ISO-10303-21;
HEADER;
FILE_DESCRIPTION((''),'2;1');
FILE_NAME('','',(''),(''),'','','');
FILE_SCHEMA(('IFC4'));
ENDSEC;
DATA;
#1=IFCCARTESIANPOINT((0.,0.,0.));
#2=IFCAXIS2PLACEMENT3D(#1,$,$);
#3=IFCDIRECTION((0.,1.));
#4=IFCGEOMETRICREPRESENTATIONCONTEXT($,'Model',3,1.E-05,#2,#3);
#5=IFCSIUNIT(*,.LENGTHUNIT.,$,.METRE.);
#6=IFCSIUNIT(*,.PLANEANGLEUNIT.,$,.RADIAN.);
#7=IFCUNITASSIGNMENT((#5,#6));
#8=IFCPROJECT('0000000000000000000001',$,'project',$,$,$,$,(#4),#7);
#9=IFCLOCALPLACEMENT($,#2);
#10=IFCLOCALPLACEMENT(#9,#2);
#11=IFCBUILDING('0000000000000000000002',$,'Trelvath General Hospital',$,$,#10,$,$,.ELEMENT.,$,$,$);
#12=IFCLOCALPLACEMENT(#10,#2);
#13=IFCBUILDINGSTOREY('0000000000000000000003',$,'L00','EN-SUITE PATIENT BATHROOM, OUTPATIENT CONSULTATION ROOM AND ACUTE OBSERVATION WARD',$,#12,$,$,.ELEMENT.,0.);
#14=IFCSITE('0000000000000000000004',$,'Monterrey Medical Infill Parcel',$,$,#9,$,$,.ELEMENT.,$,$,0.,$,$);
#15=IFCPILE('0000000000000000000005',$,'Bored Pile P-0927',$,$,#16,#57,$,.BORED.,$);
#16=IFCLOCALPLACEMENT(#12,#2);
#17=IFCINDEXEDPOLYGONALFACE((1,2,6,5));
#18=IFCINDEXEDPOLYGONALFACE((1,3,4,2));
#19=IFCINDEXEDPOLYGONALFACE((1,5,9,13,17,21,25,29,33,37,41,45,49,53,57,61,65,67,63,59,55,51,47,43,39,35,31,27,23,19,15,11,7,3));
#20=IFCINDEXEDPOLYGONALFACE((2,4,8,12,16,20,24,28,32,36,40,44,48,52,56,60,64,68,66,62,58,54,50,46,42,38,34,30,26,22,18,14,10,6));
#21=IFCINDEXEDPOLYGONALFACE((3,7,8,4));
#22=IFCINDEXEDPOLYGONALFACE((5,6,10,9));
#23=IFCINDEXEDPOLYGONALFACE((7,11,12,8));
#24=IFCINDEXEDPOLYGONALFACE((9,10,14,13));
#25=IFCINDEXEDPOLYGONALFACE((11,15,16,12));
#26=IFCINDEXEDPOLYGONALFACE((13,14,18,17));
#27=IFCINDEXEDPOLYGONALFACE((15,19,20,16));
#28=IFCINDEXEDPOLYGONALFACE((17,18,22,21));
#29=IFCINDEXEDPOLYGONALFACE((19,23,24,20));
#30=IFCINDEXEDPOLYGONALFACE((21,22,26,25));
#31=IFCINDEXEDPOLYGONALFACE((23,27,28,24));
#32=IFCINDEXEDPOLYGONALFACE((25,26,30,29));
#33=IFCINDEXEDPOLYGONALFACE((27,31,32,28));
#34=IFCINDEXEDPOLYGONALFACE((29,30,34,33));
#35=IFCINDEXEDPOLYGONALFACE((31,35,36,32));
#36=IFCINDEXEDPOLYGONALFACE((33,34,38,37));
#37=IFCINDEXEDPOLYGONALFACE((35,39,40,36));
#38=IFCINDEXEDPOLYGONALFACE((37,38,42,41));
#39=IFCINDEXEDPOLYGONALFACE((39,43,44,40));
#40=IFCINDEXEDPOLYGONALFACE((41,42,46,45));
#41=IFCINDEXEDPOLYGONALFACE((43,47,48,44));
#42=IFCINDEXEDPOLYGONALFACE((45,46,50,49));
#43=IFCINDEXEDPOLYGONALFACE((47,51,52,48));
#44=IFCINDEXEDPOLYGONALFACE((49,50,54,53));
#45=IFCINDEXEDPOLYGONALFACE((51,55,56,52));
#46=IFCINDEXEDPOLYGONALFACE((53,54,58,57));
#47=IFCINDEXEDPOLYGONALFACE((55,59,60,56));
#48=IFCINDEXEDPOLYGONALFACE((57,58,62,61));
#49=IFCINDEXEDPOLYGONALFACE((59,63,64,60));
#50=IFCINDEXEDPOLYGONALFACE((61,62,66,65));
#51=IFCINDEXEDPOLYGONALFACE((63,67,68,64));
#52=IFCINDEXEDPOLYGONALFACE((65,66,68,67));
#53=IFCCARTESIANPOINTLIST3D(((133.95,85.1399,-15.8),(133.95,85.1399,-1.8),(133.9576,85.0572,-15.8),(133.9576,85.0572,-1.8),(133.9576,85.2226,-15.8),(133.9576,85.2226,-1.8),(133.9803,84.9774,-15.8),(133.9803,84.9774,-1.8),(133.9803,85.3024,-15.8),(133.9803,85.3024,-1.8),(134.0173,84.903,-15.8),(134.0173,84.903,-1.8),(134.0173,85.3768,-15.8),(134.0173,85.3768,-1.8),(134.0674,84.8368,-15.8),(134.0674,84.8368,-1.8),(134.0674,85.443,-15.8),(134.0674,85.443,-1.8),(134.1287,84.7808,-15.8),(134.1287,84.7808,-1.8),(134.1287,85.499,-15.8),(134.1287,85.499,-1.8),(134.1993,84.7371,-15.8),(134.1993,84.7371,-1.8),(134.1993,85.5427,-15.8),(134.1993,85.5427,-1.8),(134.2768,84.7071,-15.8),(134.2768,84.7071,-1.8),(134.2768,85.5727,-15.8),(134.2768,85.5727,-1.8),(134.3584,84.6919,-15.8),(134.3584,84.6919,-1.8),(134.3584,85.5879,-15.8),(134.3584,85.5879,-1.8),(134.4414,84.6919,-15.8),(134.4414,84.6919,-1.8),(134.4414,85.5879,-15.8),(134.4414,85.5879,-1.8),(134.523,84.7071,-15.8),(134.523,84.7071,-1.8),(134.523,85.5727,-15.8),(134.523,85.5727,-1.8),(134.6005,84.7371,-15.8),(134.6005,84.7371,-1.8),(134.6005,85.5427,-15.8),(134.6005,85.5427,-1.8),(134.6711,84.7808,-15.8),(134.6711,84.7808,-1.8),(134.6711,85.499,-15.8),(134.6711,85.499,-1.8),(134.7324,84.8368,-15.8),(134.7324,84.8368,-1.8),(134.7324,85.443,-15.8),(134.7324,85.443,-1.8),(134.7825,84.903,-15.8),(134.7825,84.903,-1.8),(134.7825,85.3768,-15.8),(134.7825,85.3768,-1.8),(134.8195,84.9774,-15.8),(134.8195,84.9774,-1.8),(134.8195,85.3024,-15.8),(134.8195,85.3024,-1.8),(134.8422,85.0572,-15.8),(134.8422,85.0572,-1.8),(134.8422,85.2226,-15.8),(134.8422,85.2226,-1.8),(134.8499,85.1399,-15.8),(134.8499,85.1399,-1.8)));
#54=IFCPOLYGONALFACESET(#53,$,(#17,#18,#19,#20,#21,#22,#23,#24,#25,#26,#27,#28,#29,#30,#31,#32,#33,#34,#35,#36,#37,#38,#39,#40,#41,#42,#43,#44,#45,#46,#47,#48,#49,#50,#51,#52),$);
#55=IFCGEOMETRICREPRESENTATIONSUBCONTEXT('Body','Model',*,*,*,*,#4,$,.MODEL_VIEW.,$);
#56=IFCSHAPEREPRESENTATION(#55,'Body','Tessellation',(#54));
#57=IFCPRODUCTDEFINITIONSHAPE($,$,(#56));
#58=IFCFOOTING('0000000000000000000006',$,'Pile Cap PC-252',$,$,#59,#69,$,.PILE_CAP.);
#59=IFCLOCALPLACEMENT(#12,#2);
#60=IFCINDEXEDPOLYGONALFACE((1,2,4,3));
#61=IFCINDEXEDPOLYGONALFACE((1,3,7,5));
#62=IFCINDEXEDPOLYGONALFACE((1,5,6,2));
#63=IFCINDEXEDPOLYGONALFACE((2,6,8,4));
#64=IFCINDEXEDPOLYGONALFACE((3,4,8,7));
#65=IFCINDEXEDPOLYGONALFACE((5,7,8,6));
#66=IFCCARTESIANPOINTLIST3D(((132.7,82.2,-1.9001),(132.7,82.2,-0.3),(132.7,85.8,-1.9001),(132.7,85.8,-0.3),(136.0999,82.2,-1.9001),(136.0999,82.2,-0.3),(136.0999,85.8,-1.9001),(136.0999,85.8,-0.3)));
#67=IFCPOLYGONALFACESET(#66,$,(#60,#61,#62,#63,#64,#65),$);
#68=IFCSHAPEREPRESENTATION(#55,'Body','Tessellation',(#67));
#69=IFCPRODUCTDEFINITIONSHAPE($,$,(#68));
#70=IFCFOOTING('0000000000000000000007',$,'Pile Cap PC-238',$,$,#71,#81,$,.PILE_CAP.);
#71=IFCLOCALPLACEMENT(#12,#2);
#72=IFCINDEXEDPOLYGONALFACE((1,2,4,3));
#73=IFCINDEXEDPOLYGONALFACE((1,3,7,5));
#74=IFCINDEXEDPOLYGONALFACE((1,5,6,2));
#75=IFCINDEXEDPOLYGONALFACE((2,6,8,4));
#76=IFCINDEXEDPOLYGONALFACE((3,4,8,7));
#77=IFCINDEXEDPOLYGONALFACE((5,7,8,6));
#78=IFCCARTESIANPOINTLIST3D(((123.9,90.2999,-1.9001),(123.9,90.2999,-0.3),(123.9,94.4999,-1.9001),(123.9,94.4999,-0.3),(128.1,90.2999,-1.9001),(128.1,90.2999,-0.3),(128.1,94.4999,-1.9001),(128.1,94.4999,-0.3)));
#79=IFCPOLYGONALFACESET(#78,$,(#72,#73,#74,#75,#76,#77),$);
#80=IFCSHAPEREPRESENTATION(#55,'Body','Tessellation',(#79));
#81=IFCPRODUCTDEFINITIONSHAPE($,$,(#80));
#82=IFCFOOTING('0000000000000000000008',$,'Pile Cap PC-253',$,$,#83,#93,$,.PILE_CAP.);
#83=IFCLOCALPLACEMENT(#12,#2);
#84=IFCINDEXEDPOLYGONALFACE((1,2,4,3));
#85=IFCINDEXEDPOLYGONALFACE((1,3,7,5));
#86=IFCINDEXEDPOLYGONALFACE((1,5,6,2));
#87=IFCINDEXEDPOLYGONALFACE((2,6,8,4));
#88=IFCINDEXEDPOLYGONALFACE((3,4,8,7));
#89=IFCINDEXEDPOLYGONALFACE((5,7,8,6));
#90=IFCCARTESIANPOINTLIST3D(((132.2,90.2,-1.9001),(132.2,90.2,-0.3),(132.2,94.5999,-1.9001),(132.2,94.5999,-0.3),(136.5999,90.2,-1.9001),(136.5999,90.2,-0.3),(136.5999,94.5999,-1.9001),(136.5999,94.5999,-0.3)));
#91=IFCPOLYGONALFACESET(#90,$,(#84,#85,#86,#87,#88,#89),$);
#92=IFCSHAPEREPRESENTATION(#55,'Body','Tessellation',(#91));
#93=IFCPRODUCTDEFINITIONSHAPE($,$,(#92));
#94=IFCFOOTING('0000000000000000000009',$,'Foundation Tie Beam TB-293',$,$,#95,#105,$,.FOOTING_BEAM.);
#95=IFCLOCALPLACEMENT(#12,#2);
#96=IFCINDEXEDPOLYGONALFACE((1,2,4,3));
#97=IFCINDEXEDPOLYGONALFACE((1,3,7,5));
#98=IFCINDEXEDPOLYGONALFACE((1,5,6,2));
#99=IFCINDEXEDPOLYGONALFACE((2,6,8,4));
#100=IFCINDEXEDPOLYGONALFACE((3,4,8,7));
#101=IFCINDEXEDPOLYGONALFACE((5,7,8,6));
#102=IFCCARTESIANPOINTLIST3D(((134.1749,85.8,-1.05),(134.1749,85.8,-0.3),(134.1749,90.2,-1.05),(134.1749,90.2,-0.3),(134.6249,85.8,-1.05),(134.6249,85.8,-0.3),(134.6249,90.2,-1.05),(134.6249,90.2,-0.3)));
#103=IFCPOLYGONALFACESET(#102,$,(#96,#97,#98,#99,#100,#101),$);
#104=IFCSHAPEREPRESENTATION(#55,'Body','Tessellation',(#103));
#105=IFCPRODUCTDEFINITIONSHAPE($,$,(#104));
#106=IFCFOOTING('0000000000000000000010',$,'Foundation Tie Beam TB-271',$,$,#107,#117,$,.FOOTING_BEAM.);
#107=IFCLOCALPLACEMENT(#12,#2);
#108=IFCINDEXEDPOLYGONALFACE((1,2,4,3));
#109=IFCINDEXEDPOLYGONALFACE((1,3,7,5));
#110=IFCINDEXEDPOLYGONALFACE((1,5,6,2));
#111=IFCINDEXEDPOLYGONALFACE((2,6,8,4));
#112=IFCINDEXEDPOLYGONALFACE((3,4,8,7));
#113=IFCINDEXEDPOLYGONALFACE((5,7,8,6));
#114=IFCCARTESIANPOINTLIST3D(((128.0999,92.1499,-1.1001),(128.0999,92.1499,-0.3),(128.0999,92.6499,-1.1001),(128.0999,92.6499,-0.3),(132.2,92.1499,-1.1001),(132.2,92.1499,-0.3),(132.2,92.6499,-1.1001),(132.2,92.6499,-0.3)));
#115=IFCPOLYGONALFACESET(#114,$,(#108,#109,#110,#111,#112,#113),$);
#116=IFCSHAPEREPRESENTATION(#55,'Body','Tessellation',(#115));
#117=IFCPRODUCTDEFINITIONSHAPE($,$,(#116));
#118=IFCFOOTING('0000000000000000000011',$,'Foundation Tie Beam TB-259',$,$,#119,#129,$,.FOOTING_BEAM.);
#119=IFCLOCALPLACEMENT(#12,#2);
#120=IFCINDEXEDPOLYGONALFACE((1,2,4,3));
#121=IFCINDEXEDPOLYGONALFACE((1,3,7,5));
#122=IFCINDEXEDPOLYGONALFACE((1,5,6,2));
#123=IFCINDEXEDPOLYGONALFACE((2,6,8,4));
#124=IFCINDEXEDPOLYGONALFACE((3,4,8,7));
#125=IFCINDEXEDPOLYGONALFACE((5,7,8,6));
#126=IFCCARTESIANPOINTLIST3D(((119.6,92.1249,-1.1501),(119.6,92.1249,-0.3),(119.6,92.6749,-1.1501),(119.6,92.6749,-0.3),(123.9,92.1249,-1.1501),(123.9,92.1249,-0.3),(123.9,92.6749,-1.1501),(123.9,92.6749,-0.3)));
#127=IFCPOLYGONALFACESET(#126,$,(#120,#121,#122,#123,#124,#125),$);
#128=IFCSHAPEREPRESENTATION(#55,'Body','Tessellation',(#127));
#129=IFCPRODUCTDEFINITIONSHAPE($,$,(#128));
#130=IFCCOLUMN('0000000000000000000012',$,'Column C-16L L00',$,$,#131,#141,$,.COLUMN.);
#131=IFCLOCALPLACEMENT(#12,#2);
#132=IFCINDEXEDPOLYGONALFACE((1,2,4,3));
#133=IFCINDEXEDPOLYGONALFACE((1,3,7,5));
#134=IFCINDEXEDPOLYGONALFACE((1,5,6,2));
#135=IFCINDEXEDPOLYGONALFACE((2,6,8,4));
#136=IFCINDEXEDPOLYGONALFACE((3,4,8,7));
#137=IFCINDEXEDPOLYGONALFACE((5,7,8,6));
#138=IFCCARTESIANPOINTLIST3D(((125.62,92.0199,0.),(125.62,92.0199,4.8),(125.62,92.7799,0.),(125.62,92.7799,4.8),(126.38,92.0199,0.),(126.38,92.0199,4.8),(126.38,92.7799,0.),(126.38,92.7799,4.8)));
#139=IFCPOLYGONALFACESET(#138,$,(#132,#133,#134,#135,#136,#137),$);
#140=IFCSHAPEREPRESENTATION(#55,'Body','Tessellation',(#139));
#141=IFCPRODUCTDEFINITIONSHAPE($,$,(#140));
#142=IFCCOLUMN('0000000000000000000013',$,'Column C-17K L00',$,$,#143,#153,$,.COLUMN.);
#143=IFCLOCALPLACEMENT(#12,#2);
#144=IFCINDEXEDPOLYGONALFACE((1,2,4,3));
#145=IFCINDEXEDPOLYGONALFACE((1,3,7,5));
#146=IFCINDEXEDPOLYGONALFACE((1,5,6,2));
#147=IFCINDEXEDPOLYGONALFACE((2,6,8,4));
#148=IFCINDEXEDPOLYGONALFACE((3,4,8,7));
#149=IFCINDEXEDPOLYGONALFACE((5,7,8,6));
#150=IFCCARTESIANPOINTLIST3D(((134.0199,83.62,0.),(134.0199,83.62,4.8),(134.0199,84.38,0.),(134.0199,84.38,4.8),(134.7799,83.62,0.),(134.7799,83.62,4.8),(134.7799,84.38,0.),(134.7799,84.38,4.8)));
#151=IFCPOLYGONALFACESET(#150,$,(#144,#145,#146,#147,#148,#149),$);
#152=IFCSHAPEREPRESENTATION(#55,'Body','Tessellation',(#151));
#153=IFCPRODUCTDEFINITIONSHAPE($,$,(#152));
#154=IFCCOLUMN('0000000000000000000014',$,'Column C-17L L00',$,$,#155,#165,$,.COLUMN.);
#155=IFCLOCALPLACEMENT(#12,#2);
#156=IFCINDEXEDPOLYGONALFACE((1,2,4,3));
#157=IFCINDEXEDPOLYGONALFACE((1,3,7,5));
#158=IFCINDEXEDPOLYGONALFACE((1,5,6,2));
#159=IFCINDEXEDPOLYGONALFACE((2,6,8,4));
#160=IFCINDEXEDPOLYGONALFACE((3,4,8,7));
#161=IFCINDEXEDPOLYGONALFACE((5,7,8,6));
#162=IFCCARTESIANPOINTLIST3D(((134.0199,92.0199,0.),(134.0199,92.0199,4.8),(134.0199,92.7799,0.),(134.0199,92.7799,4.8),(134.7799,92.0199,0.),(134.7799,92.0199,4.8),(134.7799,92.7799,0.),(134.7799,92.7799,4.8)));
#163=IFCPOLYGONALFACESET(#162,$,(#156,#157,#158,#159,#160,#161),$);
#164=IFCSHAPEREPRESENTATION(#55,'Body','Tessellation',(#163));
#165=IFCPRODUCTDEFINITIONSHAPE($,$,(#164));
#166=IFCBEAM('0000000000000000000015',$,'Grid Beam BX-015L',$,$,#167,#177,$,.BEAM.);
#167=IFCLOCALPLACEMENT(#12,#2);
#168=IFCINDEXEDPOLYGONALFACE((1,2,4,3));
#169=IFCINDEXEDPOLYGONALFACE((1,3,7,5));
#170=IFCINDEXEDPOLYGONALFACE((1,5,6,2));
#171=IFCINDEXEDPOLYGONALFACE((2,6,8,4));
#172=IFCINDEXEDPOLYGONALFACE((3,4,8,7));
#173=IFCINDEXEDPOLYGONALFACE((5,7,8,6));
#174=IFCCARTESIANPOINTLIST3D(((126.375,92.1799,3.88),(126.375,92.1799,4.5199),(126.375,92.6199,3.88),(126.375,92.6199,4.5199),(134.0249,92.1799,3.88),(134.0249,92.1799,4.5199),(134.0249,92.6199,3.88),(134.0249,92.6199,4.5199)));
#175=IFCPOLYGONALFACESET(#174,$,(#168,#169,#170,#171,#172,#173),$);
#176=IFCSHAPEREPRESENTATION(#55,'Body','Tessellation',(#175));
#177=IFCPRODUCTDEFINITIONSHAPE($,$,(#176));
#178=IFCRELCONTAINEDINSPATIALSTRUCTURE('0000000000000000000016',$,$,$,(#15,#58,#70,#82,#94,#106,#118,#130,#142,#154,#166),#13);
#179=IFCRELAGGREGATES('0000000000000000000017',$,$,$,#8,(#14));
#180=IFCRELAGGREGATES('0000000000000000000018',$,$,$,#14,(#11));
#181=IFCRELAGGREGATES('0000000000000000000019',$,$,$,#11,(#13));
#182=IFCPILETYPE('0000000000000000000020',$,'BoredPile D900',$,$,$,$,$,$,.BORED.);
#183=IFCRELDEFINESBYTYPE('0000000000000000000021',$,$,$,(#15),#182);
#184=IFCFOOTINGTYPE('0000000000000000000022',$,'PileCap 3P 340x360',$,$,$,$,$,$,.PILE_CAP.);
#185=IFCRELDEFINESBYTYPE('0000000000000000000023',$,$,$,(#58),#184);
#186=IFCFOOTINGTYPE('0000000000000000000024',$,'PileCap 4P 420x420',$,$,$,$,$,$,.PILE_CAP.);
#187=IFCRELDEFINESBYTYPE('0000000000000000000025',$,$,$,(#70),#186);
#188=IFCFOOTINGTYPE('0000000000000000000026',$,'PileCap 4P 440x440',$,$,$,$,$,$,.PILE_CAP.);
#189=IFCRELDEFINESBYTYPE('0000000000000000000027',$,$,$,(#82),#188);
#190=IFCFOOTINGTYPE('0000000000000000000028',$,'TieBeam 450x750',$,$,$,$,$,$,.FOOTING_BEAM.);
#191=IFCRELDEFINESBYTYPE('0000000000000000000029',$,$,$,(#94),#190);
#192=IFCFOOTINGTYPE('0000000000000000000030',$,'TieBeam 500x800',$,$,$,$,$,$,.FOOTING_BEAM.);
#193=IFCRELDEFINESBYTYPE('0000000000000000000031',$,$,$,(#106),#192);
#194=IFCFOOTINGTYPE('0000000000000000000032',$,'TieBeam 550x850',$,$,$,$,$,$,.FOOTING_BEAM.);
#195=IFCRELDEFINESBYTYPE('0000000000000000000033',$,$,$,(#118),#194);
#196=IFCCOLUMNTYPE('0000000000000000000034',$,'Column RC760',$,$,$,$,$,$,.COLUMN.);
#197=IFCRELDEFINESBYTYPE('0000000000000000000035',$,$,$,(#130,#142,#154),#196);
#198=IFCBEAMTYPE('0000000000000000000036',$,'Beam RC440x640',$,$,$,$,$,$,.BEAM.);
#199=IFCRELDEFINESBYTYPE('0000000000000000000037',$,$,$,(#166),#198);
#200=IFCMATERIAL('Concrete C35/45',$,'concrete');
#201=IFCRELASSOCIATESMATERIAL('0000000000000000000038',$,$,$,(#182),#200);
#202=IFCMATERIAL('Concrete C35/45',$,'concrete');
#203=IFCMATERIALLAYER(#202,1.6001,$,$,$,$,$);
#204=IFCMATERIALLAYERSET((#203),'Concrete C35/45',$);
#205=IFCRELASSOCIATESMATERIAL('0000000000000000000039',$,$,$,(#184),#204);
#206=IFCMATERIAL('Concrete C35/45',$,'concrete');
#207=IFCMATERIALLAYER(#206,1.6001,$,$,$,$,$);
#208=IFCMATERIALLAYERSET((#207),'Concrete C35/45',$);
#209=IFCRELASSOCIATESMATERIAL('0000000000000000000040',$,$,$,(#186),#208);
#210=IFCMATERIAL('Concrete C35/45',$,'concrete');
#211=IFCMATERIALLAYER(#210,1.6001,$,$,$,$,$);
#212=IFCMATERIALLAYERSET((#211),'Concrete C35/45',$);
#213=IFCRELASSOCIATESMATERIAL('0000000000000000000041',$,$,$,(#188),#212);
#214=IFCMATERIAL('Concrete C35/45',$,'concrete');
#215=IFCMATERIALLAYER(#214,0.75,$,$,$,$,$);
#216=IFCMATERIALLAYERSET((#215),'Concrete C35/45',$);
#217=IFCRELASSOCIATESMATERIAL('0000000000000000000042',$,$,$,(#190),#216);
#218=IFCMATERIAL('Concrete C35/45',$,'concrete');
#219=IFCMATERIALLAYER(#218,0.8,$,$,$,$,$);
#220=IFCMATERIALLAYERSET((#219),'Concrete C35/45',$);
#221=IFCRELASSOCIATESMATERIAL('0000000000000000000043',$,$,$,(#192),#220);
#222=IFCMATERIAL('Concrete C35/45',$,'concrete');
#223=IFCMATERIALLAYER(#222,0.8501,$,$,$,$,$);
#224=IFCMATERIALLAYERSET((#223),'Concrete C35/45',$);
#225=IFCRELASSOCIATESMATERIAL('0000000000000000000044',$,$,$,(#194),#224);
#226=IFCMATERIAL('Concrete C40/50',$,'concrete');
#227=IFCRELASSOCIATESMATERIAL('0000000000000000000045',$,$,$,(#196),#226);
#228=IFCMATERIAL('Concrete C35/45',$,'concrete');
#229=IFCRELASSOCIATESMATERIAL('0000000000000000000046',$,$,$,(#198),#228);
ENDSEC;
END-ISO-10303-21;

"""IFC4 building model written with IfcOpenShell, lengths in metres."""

from ifc_helpers import new_model, si_unit, direction, frame, origin, origin_2d, place, context, subcontext, project, spatial, rectangle, circle, extrude, material, layer, layer_set, material_profile, profile_set, type_object, element, save


model = new_model("IFC4")

# Units and contexts
model_context = context("Model", 3, precision=1e-05, world=origin(), true_north=direction((0.0, 1.0)))
body_context = subcontext(model_context, "Body", "Model", "MODEL_VIEW")
ifc_project = project(units=[si_unit("LENGTHUNIT", "METRE"), si_unit("PLANEANGLEUNIT", "RADIAN")], contexts=[model_context])

# Site, building, storey
site_placement = place(None, origin())
site = spatial("IfcSite", under=ifc_project, at=site_placement, Name="Monterrey Medical Infill Parcel", CompositionType="ELEMENT", RefElevation=0.0)
building_placement = place(site_placement, origin())
building = spatial("IfcBuilding", under=site, at=building_placement, Name="Trelvath General Hospital", CompositionType="ELEMENT")
storey_placement = place(building_placement, origin())
storey = spatial("IfcBuildingStorey", under=building, at=storey_placement, Name="L00", Description="EN-SUITE PATIENT BATHROOM, OUTPATIENT CONSULTATION ROOM AND ACUTE OBSERVATION WARD", CompositionType="ELEMENT", Elevation=0.0)

# Pile
ifc_material_1 = material(Name="Concrete C35/45", Category="concrete")
ifc_material_profile_1 = material_profile(ifc_material_1, circle(Radius=0.45, at=origin_2d()), Name="PILE900")
ifc_profile_set_1 = profile_set([ifc_material_profile_1], Name="Concrete C35/45")
pile_type_1 = type_object("IfcPileType", Name="BoredPile D900", PredefinedType="BORED", material=ifc_profile_set_1)
for number, where, z_axis, x_axis, name in (
    (1, (134.3999, 85.1399, -1.8), (0.0, 0.0, -1.0), (1.0, 0.0, 0.0), "Bored Pile P-0927"),
):
    element("IfcPile", number, at=place(storey_placement, frame(where, z_axis=z_axis, x_axis=x_axis)), inside=storey, type_object=pile_type_1, Name=name, PredefinedType="BORED", context=body_context, shape_type="SweptSolid", body=[
        extrude(circle(Radius=0.45, at=origin_2d()), origin(), (0.0, 0.0, 1.0), 14.0),
    ])

# Footings
ifc_material_2 = material(Name="Concrete C35/45", Category="concrete")
ifc_layer_1 = layer(ifc_material_2, 1.6001)
ifc_layer_set_1 = layer_set([ifc_layer_1], Name="Concrete C35/45")
footing_type_1 = type_object("IfcFootingType", Name="PileCap 3P 340x360", PredefinedType="PILE_CAP", material=ifc_layer_set_1)
footing_1_placement = place(storey_placement, frame((134.3999, 84.0, -1.9001), z_axis=(0.0, 0.0, 1.0), x_axis=(1.0, 0.0, 0.0)))
element("IfcFooting", 2, at=footing_1_placement, inside=storey, type_object=footing_type_1, Name="Pile Cap PC-252", PredefinedType="PILE_CAP", context=body_context, shape_type="SweptSolid", body=[
    extrude(rectangle(XDim=3.3999, YDim=3.6001, at=origin_2d()), origin(), (0.0, 0.0, 1.0), 1.6001),
])
ifc_material_3 = material(Name="Concrete C35/45", Category="concrete")
ifc_layer_2 = layer(ifc_material_3, 1.6001)
ifc_layer_set_2 = layer_set([ifc_layer_2], Name="Concrete C35/45")
footing_type_2 = type_object("IfcFootingType", Name="PileCap 4P 420x420", PredefinedType="PILE_CAP", material=ifc_layer_set_2)
footing_2_placement = place(storey_placement, frame((126.0, 92.3999, -1.9001), z_axis=(0.0, 0.0, 1.0), x_axis=(1.0, 0.0, 0.0)))
element("IfcFooting", 3, at=footing_2_placement, inside=storey, type_object=footing_type_2, Name="Pile Cap PC-238", PredefinedType="PILE_CAP", context=body_context, shape_type="SweptSolid", body=[
    extrude(rectangle(XDim=4.2, YDim=4.2, at=origin_2d()), origin(), (0.0, 0.0, 1.0), 1.6001),
])
ifc_material_4 = material(Name="Concrete C35/45", Category="concrete")
ifc_layer_3 = layer(ifc_material_4, 1.6001)
ifc_layer_set_3 = layer_set([ifc_layer_3], Name="Concrete C35/45")
footing_type_3 = type_object("IfcFootingType", Name="PileCap 4P 440x440", PredefinedType="PILE_CAP", material=ifc_layer_set_3)
footing_3_placement = place(storey_placement, frame((134.3999, 92.3999, -1.9001), z_axis=(0.0, 0.0, 1.0), x_axis=(1.0, 0.0, 0.0)))
element("IfcFooting", 4, at=footing_3_placement, inside=storey, type_object=footing_type_3, Name="Pile Cap PC-253", PredefinedType="PILE_CAP", context=body_context, shape_type="SweptSolid", body=[
    extrude(rectangle(XDim=4.3999, YDim=4.3999, at=origin_2d()), origin(), (0.0, 0.0, 1.0), 1.6001),
])
ifc_material_5 = material(Name="Concrete C35/45", Category="concrete")
ifc_layer_4 = layer(ifc_material_5, 0.75)
ifc_layer_set_4 = layer_set([ifc_layer_4], Name="Concrete C35/45")
footing_type_4 = type_object("IfcFootingType", Name="TieBeam 450x750", PredefinedType="FOOTING_BEAM", material=ifc_layer_set_4)
footing_4_placement = place(storey_placement, frame((134.3999, 88.0, -1.05), z_axis=(0.0, 0.0, 1.0), x_axis=(1.0, 0.0, 0.0)))
element("IfcFooting", 5, at=footing_4_placement, inside=storey, type_object=footing_type_4, Name="Foundation Tie Beam TB-293", PredefinedType="FOOTING_BEAM", context=body_context, shape_type="SweptSolid", body=[
    extrude(rectangle(XDim=0.45, YDim=4.3999, at=origin_2d()), origin(), (0.0, 0.0, 1.0), 0.75),
])
ifc_material_6 = material(Name="Concrete C35/45", Category="concrete")
ifc_layer_5 = layer(ifc_material_6, 0.8)
ifc_layer_set_5 = layer_set([ifc_layer_5], Name="Concrete C35/45")
footing_type_5 = type_object("IfcFootingType", Name="TieBeam 500x800", PredefinedType="FOOTING_BEAM", material=ifc_layer_set_5)
footing_5_placement = place(storey_placement, frame((130.1499, 92.3999, -1.1001), z_axis=(0.0, 0.0, 1.0), x_axis=(1.0, 0.0, 0.0)))
element("IfcFooting", 6, at=footing_5_placement, inside=storey, type_object=footing_type_5, Name="Foundation Tie Beam TB-271", PredefinedType="FOOTING_BEAM", context=body_context, shape_type="SweptSolid", body=[
    extrude(rectangle(XDim=4.1001, YDim=0.5, at=origin_2d()), origin(), (0.0, 0.0, 1.0), 0.8),
])
ifc_material_7 = material(Name="Concrete C35/45", Category="concrete")
ifc_layer_6 = layer(ifc_material_7, 0.8501)
ifc_layer_set_6 = layer_set([ifc_layer_6], Name="Concrete C35/45")
footing_type_6 = type_object("IfcFootingType", Name="TieBeam 550x850", PredefinedType="FOOTING_BEAM", material=ifc_layer_set_6)
footing_6_placement = place(storey_placement, frame((121.75, 92.3999, -1.1501), z_axis=(0.0, 0.0, 1.0), x_axis=(1.0, 0.0, 0.0)))
element("IfcFooting", 7, at=footing_6_placement, inside=storey, type_object=footing_type_6, Name="Foundation Tie Beam TB-259", PredefinedType="FOOTING_BEAM", context=body_context, shape_type="SweptSolid", body=[
    extrude(rectangle(XDim=4.3, YDim=0.55, at=origin_2d()), origin(), (0.0, 0.0, 1.0), 0.8501),
])

# Columns
ifc_material_8 = material(Name="Concrete C40/50", Category="concrete")
ifc_material_profile_2 = material_profile(ifc_material_8, rectangle(XDim=0.76, YDim=0.76, at=origin_2d()), Name="RC760x760")
ifc_profile_set_2 = profile_set([ifc_material_profile_2], Name="Concrete C40/50")
column_type = type_object("IfcColumnType", Name="Column RC760", PredefinedType="COLUMN", material=ifc_profile_set_2)
for number, where, z_axis, x_axis, name in (
    (8, (126.0, 92.3999, 0.0), (0.0, 0.0, 1.0), (1.0, 0.0, 0.0), "Column C-16L L00"),
    (9, (134.3999, 84.0, 0.0), (0.0, 0.0, 1.0), (1.0, 0.0, 0.0), "Column C-17K L00"),
    (10, (134.3999, 92.3999, 0.0), (0.0, 0.0, 1.0), (1.0, 0.0, 0.0), "Column C-17L L00"),
):
    element("IfcColumn", number, at=place(storey_placement, frame(where, z_axis=z_axis, x_axis=x_axis)), inside=storey, type_object=column_type, Name=name, PredefinedType="COLUMN", context=body_context, shape_type="SweptSolid", body=[
        extrude(rectangle(XDim=0.76, YDim=0.76, at=origin_2d()), origin(), (0.0, 0.0, 1.0), 4.8),
    ])

# Beam
ifc_material_9 = material(Name="Concrete C35/45", Category="concrete")
ifc_material_profile_3 = material_profile(ifc_material_9, rectangle(XDim=0.4399, YDim=0.6399, at=origin_2d()), Name="RCB440x640")
ifc_profile_set_3 = profile_set([ifc_material_profile_3], Name="Concrete C35/45")
beam_type_1 = type_object("IfcBeamType", Name="Beam RC440x640", PredefinedType="BEAM", material=ifc_profile_set_3)
beam_1_placement = place(storey_placement, frame((126.375, 92.3999, 4.2), z_axis=(1.0, 0.0, 0.0), x_axis=(0.0, 1.0, 0.0)))
element("IfcBeam", 11, at=beam_1_placement, inside=storey, type_object=beam_type_1, Name="Grid Beam BX-015L", PredefinedType="BEAM", context=body_context, shape_type="SweptSolid", body=[
    extrude(rectangle(XDim=0.4399, YDim=0.6399, at=origin_2d()), origin(), (0.0, 0.0, 1.0), 7.6499),
])

save(model, "model.ifc")
